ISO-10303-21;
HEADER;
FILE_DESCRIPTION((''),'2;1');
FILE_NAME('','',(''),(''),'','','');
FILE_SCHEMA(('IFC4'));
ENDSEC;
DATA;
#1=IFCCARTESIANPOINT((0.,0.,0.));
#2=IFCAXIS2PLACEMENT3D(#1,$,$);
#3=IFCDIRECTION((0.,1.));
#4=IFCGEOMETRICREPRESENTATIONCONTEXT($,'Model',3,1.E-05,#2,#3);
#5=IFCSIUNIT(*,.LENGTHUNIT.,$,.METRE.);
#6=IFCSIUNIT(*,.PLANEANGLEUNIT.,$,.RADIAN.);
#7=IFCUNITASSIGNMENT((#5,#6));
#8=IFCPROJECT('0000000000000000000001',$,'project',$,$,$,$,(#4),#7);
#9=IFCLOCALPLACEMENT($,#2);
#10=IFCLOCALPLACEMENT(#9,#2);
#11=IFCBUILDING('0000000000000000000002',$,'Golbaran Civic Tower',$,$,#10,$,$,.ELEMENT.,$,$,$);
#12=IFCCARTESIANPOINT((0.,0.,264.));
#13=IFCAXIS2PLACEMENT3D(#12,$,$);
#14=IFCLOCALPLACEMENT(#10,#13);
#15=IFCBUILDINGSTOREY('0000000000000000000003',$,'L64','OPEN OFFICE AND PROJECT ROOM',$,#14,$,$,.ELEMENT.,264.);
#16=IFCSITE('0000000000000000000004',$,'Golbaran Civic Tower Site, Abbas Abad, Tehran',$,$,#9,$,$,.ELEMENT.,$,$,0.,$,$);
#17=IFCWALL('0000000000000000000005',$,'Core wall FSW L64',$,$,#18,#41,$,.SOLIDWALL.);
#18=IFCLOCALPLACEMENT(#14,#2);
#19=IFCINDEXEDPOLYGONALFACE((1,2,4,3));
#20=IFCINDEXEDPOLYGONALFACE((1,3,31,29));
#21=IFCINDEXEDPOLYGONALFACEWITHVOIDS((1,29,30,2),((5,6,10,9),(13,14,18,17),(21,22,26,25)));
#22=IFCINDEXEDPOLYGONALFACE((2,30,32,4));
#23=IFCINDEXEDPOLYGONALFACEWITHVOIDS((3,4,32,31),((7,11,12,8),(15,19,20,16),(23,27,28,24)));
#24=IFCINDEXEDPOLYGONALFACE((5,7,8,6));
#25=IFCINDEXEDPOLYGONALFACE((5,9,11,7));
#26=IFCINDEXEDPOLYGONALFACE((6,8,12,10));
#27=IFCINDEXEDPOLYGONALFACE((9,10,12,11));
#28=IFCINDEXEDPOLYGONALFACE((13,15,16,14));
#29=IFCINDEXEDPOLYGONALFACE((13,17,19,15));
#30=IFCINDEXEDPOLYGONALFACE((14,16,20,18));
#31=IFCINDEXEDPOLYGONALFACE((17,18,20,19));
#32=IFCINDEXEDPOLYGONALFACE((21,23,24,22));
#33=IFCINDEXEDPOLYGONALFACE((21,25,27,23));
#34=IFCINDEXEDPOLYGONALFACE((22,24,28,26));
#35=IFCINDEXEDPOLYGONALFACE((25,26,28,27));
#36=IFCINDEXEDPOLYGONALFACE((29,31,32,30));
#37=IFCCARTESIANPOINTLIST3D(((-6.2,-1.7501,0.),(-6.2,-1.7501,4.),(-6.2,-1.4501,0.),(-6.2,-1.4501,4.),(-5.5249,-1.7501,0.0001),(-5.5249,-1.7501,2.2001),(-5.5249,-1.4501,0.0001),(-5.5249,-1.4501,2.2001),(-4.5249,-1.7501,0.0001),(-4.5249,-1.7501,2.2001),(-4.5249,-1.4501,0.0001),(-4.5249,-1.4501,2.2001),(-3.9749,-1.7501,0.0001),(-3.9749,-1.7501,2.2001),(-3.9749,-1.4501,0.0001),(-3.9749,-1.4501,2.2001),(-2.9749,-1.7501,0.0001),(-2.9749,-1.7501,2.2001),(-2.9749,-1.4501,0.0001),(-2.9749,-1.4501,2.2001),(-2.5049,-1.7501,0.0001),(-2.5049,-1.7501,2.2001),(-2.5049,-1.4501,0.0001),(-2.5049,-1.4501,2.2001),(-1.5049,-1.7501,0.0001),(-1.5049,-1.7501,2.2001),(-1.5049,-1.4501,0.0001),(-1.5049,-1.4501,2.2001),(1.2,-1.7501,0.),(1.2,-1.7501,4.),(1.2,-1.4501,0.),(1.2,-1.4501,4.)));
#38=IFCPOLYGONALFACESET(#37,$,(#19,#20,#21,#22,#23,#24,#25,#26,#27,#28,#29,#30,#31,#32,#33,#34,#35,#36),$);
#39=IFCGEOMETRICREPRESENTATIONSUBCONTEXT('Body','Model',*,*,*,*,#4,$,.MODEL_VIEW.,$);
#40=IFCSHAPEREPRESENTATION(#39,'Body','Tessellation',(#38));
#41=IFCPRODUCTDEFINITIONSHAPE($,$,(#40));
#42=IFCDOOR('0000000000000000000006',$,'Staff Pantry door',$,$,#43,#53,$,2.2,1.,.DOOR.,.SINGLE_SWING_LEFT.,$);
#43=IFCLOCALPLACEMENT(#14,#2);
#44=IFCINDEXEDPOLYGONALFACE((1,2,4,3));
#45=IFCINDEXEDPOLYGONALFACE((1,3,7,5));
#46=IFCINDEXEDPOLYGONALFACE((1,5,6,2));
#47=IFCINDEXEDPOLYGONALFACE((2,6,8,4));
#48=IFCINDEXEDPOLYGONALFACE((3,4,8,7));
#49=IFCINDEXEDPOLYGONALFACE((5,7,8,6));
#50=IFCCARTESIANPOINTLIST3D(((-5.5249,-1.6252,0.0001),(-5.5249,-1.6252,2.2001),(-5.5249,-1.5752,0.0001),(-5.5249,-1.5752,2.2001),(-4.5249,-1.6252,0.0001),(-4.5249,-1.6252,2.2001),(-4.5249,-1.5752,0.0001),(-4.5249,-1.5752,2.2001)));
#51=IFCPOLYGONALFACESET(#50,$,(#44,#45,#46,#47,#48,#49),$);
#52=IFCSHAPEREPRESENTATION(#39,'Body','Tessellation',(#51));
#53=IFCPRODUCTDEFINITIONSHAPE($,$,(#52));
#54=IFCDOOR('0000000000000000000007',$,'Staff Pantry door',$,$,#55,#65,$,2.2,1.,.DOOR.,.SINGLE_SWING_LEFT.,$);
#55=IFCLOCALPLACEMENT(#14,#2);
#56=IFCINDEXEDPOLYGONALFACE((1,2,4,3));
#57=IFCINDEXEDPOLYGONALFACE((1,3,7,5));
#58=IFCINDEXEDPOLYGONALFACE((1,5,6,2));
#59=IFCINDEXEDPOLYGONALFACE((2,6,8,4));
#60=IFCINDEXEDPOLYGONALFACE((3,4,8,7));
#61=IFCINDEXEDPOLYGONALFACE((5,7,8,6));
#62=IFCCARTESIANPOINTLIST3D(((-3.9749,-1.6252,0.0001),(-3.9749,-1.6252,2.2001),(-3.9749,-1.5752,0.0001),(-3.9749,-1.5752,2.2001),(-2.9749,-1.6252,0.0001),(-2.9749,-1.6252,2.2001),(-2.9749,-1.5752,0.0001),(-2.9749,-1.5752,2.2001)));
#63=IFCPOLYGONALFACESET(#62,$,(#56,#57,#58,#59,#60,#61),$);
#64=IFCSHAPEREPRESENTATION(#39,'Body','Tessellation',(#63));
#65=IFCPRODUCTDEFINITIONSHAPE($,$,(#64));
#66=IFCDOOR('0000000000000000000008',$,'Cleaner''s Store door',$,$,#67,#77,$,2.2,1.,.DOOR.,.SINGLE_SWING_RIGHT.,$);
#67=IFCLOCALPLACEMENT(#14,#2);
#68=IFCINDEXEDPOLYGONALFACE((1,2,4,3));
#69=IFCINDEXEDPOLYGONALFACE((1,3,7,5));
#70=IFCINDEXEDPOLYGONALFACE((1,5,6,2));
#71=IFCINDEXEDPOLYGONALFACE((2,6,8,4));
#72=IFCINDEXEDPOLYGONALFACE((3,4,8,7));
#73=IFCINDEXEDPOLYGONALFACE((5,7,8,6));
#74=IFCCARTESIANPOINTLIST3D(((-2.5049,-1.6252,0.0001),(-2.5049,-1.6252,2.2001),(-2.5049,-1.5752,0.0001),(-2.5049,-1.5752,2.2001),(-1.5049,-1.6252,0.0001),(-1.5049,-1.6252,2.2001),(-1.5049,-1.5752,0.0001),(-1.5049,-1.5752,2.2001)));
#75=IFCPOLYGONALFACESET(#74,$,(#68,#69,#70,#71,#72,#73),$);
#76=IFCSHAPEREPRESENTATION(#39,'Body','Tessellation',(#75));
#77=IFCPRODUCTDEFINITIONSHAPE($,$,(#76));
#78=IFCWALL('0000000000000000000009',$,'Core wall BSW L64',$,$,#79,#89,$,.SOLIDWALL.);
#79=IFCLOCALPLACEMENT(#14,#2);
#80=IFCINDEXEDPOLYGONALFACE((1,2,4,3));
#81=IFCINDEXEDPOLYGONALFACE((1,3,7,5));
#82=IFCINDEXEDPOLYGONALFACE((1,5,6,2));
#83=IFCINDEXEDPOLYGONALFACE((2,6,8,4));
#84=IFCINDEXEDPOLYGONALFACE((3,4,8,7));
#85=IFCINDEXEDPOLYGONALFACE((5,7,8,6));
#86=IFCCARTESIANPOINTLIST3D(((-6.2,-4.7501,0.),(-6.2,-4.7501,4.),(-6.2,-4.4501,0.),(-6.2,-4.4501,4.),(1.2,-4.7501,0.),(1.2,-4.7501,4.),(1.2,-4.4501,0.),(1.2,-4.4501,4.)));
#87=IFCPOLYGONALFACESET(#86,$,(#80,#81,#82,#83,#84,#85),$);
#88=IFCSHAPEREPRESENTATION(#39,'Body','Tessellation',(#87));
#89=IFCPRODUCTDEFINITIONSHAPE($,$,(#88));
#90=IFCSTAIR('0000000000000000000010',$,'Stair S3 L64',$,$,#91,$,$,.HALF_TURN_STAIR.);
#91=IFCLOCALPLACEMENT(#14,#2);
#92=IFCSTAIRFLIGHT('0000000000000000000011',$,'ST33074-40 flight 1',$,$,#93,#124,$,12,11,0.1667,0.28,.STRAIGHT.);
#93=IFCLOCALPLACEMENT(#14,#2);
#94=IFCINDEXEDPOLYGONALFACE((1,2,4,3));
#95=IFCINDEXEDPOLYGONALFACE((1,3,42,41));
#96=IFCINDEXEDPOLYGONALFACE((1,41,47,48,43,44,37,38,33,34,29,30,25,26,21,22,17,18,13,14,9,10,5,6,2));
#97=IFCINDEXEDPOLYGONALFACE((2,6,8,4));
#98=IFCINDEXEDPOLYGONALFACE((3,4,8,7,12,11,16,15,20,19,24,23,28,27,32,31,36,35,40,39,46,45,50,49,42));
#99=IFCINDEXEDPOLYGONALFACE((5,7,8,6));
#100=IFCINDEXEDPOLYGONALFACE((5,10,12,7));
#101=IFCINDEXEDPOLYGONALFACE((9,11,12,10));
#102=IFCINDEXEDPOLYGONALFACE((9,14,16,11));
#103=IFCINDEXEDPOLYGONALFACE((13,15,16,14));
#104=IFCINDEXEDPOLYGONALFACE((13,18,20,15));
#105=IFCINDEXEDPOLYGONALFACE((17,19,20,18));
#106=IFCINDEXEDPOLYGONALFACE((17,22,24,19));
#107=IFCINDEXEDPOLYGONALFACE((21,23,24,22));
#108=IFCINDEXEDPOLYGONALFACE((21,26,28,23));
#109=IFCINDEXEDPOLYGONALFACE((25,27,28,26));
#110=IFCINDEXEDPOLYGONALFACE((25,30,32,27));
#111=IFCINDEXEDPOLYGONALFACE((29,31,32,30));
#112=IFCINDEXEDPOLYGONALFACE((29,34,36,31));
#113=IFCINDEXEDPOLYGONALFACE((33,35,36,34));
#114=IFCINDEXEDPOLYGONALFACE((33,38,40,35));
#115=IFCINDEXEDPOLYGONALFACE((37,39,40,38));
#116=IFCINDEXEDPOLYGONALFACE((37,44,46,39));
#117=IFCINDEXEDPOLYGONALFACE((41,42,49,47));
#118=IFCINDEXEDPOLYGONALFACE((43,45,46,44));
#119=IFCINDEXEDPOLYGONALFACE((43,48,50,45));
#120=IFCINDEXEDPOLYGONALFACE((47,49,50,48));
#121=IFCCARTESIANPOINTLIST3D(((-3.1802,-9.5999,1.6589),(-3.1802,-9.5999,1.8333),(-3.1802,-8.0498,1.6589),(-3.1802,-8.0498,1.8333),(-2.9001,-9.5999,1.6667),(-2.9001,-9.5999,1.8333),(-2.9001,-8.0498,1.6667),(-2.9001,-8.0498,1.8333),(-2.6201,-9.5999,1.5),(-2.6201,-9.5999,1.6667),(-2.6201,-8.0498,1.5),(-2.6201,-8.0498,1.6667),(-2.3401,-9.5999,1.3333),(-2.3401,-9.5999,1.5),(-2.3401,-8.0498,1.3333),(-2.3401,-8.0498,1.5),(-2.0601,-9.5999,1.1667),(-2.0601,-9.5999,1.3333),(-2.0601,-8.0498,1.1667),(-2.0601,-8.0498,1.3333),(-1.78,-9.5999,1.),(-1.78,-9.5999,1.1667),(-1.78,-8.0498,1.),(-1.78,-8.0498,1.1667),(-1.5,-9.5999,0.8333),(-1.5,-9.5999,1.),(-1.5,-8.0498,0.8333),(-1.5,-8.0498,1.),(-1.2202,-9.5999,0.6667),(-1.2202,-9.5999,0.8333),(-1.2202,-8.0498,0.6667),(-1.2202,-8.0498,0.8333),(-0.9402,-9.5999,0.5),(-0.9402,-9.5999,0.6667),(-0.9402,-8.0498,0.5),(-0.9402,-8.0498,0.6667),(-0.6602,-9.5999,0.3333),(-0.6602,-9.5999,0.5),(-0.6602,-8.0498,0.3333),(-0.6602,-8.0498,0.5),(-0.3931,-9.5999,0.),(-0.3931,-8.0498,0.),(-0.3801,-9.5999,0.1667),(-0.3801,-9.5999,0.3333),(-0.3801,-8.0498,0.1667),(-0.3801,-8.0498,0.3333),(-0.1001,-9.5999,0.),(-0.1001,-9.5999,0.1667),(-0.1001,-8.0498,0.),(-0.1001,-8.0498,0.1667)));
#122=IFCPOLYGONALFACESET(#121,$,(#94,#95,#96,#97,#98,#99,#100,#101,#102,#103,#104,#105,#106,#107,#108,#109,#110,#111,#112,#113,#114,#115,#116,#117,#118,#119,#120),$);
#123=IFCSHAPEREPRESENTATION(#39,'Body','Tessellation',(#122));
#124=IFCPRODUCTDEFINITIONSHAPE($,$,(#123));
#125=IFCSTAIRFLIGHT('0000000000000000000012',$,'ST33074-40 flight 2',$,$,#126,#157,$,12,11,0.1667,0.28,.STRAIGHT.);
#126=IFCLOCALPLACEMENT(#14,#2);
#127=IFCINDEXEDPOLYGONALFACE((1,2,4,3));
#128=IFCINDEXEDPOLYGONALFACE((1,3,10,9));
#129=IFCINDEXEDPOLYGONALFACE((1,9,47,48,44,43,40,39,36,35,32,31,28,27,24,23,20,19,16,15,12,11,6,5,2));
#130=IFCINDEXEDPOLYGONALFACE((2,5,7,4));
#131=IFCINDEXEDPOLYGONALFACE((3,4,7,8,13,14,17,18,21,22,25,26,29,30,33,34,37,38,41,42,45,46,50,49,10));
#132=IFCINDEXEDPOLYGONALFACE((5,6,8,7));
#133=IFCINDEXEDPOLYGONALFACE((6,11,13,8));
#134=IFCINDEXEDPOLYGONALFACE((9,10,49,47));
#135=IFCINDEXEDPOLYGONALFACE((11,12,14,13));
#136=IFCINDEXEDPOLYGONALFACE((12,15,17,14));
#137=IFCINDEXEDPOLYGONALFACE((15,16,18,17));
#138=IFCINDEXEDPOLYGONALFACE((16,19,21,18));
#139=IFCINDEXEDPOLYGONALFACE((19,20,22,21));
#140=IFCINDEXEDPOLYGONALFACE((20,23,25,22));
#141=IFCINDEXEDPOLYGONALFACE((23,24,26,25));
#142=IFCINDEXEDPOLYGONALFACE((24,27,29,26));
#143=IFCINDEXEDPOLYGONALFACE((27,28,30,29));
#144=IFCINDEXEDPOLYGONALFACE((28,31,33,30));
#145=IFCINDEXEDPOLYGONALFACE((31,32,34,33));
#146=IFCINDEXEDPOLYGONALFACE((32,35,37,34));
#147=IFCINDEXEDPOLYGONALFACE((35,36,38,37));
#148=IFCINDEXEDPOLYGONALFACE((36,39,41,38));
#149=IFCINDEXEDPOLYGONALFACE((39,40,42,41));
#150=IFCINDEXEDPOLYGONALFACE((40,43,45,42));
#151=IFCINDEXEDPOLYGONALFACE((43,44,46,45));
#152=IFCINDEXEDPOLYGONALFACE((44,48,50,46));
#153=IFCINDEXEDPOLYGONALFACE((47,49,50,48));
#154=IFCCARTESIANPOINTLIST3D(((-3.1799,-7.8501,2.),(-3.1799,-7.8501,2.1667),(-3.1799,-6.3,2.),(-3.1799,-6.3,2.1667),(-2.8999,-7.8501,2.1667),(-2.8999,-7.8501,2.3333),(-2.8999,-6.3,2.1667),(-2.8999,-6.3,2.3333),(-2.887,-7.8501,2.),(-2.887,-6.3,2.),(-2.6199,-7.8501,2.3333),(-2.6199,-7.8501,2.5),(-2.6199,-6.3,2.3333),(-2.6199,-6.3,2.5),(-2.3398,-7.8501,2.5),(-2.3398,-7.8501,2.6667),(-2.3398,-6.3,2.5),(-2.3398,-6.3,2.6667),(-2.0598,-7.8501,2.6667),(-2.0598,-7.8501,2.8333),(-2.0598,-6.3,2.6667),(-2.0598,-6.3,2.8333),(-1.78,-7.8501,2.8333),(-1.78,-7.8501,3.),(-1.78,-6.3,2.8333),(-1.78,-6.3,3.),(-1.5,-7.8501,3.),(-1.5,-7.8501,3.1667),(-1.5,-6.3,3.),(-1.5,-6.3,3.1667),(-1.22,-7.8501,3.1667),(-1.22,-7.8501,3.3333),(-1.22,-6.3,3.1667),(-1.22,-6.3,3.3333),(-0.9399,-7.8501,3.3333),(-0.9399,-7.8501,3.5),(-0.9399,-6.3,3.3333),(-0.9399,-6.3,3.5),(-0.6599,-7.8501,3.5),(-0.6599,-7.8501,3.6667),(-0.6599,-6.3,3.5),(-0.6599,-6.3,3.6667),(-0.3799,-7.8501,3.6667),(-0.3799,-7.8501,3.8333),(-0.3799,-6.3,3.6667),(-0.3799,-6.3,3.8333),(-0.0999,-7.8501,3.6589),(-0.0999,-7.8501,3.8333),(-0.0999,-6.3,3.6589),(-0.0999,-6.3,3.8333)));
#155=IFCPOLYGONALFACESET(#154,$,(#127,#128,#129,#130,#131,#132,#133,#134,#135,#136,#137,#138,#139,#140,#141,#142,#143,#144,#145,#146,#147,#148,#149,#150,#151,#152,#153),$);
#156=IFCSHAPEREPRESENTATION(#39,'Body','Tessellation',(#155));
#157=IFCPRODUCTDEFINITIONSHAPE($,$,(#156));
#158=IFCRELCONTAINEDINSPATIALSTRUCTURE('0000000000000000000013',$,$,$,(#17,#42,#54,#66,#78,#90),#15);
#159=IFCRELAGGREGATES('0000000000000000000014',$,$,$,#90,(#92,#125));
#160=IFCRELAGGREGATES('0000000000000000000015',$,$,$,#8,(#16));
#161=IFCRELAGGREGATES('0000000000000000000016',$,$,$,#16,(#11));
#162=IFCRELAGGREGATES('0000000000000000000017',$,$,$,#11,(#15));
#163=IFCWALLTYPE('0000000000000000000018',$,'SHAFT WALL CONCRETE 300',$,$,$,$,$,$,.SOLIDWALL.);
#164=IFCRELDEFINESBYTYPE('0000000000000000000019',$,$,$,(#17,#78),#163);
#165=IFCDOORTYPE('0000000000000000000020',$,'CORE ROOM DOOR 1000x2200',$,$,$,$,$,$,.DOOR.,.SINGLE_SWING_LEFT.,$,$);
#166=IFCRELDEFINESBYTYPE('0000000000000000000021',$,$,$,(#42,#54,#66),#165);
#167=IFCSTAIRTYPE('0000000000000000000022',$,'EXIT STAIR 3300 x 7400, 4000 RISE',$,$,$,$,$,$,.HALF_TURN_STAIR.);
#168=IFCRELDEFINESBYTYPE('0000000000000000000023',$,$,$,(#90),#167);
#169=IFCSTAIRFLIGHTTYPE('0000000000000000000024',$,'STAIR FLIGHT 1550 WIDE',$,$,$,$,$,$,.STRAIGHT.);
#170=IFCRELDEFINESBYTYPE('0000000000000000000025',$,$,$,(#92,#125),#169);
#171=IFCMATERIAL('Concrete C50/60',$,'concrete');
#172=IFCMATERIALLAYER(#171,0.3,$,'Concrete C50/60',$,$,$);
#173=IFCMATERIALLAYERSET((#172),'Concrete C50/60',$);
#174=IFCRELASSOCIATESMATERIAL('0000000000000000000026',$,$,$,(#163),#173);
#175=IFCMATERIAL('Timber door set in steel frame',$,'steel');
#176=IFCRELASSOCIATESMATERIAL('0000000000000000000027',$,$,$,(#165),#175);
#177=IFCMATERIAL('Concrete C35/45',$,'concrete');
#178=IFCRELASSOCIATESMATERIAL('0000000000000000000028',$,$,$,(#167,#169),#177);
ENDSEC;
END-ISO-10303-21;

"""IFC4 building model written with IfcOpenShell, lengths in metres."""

from ifc_helpers import new_model, si_unit, direction, frame, frame_2d, origin, place, context, subcontext, project, spatial, polyline, rectangle, outline, extrude, material, layer, layer_set, type_object, element, fill, aggregate, save


model = new_model("IFC4")

# Units and contexts
model_context = context("Model", 3, precision=1e-05, world=origin(), true_north=direction((0.0, 1.0)))
body_context = subcontext(model_context, "Body", "Model", "MODEL_VIEW")
ifc_project = project(units=[si_unit("LENGTHUNIT", "METRE"), si_unit("PLANEANGLEUNIT", "RADIAN")], contexts=[model_context])

# Site, building, storey
site_placement = place(None, origin())
site = spatial("IfcSite", under=ifc_project, at=site_placement, Name="Golbaran Civic Tower Site, Abbas Abad, Tehran", CompositionType="ELEMENT", RefElevation=0.0)
building_placement = place(site_placement, origin())
building = spatial("IfcBuilding", under=site, at=building_placement, Name="Golbaran Civic Tower", CompositionType="ELEMENT")
storey_placement = place(building_placement, frame((0.0, 0.0, 264.0)))
storey = spatial("IfcBuildingStorey", under=building, at=storey_placement, Name="L64", Description="OPEN OFFICE AND PROJECT ROOM", CompositionType="ELEMENT", Elevation=264.0)

# Shared definitions
ifc_material_1 = material(Name="Concrete C50/60", Category="concrete")
ifc_material_2 = material(Name="Timber door set in steel frame", Category="steel")

# Wall, openings, doors
ifc_layer_1 = layer(ifc_material_1, 0.3, Name="Concrete C50/60")
ifc_layer_set_1 = layer_set([ifc_layer_1], Name="Concrete C50/60")
wall_type_1 = type_object("IfcWallType", Name="SHAFT WALL CONCRETE 300", PredefinedType="SOLIDWALL", material=ifc_layer_set_1)
wall_1_placement = place(storey_placement, frame((-6.2, -1.6001, 0.0), z_axis=(0.0, 0.0, 1.0), x_axis=(1.0, 0.0, 0.0)))
wall_1 = element("IfcWall", 1, at=wall_1_placement, inside=storey, type_object=wall_type_1, Name="Core wall FSW L64", PredefinedType="SOLIDWALL", context=body_context, shape_type="SweptSolid", body=[
    extrude(rectangle(XDim=7.3999, YDim=0.3, at=frame_2d((3.7, 0.0))), origin(), (0.0, 0.0, 1.0), 4.0),
])
opening_1_placement = place(wall_1_placement, frame((0.675, 0.0, 0.0)))
opening_1 = element("IfcOpeningElement", 2, at=opening_1_placement, cuts=wall_1, PredefinedType="OPENING", context=body_context, shape_type="SweptSolid", body=[
    extrude(rectangle(XDim=1.0, YDim=2.2, at=frame_2d((0.5, 1.1001))), frame((0.0, 0.1599, 0.0), z_axis=(0.0, -1.0, 0.0), x_axis=(1.0, 0.0, 0.0)), (0.0, 0.0, 1.0), 0.3201),
])
opening_2_placement = place(wall_1_placement, frame((2.2251, 0.0, 0.0)))
opening_2 = element("IfcOpeningElement", 3, at=opening_2_placement, cuts=wall_1, PredefinedType="OPENING", context=body_context, shape_type="SweptSolid", body=[
    extrude(rectangle(XDim=1.0, YDim=2.2, at=frame_2d((0.5, 1.1001))), frame((0.0, 0.1599, 0.0), z_axis=(0.0, -1.0, 0.0), x_axis=(1.0, 0.0, 0.0)), (0.0, 0.0, 1.0), 0.3201),
])
opening_3_placement = place(wall_1_placement, frame((3.6951, 0.0, 0.0)))
opening_3 = element("IfcOpeningElement", 4, at=opening_3_placement, cuts=wall_1, PredefinedType="OPENING", context=body_context, shape_type="SweptSolid", body=[
    extrude(rectangle(XDim=1.0, YDim=2.2, at=frame_2d((0.5, 1.1001))), frame((0.0, 0.1599, 0.0), z_axis=(0.0, -1.0, 0.0), x_axis=(1.0, 0.0, 0.0)), (0.0, 0.0, 1.0), 0.3201),
])
door_type_1 = type_object("IfcDoorType", Name="CORE ROOM DOOR 1000x2200", OperationType="SINGLE_SWING_LEFT", PredefinedType="DOOR", material=ifc_material_2)
door_1_placement = place(opening_1_placement, origin())
door_1 = element("IfcDoor", 5, at=door_1_placement, inside=storey, type_object=door_type_1, Name="Staff Pantry door", OperationType="SINGLE_SWING_LEFT", OverallHeight=2.2, OverallWidth=1.0, PredefinedType="DOOR", context=body_context, shape_type="SweptSolid", body=[
    extrude(rectangle(XDim=1.0, YDim=2.2, at=frame_2d((0.5, 1.1001))), frame((0.0, 0.0249, 0.0), z_axis=(0.0, -1.0, 0.0), x_axis=(1.0, 0.0, 0.0)), (0.0, 0.0, 1.0), 0.05),
])
fill(opening_1, door_1)
door_2_placement = place(opening_2_placement, origin())
door_2 = element("IfcDoor", 6, at=door_2_placement, inside=storey, type_object=door_type_1, Name="Staff Pantry door", OperationType="SINGLE_SWING_LEFT", OverallHeight=2.2, OverallWidth=1.0, PredefinedType="DOOR", context=body_context, shape_type="SweptSolid", body=[
    extrude(rectangle(XDim=1.0, YDim=2.2, at=frame_2d((0.5, 1.1001))), frame((0.0, 0.0249, 0.0), z_axis=(0.0, -1.0, 0.0), x_axis=(1.0, 0.0, 0.0)), (0.0, 0.0, 1.0), 0.05),
])
fill(opening_2, door_2)
door_3_placement = place(opening_3_placement, origin())
door_3 = element("IfcDoor", 7, at=door_3_placement, inside=storey, type_object=door_type_1, Name="Cleaner's Store door", OperationType="SINGLE_SWING_RIGHT", OverallHeight=2.2, OverallWidth=1.0, PredefinedType="DOOR", context=body_context, shape_type="SweptSolid", body=[
    extrude(rectangle(XDim=1.0, YDim=2.2, at=frame_2d((0.5, 1.1001))), frame((0.0, 0.0249, 0.0), z_axis=(0.0, -1.0, 0.0), x_axis=(1.0, 0.0, 0.0)), (0.0, 0.0, 1.0), 0.05),
])
fill(opening_3, door_3)

# Wall
wall_2_placement = place(storey_placement, frame((-6.2, -4.6001, 0.0), z_axis=(0.0, 0.0, 1.0), x_axis=(1.0, 0.0, 0.0)))
element("IfcWall", 8, at=wall_2_placement, inside=storey, type_object=wall_type_1, Name="Core wall BSW L64", PredefinedType="SOLIDWALL", context=body_context, shape_type="SweptSolid", body=[
    extrude(rectangle(XDim=7.3999, YDim=0.3, at=frame_2d((3.7, 0.0))), origin(), (0.0, 0.0, 1.0), 4.0),
])

# Stair, stair flights
ifc_material_3 = material(Name="Concrete C35/45", Category="concrete")
stair_type = type_object("IfcStairType", Name="EXIT STAIR 3300 x 7400, 4000 RISE", PredefinedType="HALF_TURN_STAIR", material=ifc_material_3)
stair_placement = place(storey_placement, origin())
stair = element("IfcStair", 9, at=stair_placement, inside=storey, type_object=stair_type, Name="Stair S3 L64", PredefinedType="HALF_TURN_STAIR")
stair_flight_type = type_object("IfcStairFlightType", Name="STAIR FLIGHT 1550 WIDE", PredefinedType="STRAIGHT", material=ifc_material_3)
stair_flight_1_placement = place(storey_placement, frame((-0.1001, -8.825, 0.0), z_axis=(0.0, 0.0, 1.0), x_axis=(-1.0, 0.0, 0.0)))
stair_flight_1 = element("IfcStairFlight", 10, at=stair_flight_1_placement, type_object=stair_flight_type, Name="ST33074-40 flight 1", NumberOfRisers=12, NumberOfTreads=11, PredefinedType="STRAIGHT", RiserHeight=0.1667, TreadLength=0.28, context=body_context, shape_type="SweptSolid", body=[
    extrude(outline(polyline([(0.0, 0.0), (0.0, 0.1667), (0.28, 0.1667), (0.28, 0.3333), (0.5601, 0.3333), (0.5601, 0.5), (0.8401, 0.5), (0.8401, 0.6667), (1.1201, 0.6667), (1.1201, 0.8333), (1.3999, 0.8333), (1.3999, 1.0), (1.6799, 1.0), (1.6799, 1.1667), (1.96, 1.1667), (1.96, 1.3333), (2.24, 1.3333), (2.24, 1.5), (2.52, 1.5), (2.52, 1.6667), (2.8, 1.6667), (2.8, 1.8333), (3.0801, 1.8333), (3.0801, 2.0), (3.0801, 1.6589), (0.293, 0.0), (0.0, 0.0)])), frame((0.0, 0.7749, 0.0), z_axis=(0.0, -1.0, 0.0), x_axis=(1.0, 0.0, 0.0)), (0.0, 0.0, 1.0), 1.55),
])
stair_flight_2_placement = place(storey_placement, frame((-3.1799, -7.075, 2.0), z_axis=(0.0, 0.0, 1.0), x_axis=(1.0, 0.0, 0.0)))
stair_flight_2 = element("IfcStairFlight", 11, at=stair_flight_2_placement, type_object=stair_flight_type, Name="ST33074-40 flight 2", NumberOfRisers=12, NumberOfTreads=11, PredefinedType="STRAIGHT", RiserHeight=0.1667, TreadLength=0.28, context=body_context, shape_type="SweptSolid", body=[
    extrude(outline(polyline([(0.0, 0.0), (0.0, 0.1667), (0.28, 0.1667), (0.28, 0.3333), (0.5601, 0.3333), (0.5601, 0.5), (0.8401, 0.5), (0.8401, 0.6667), (1.1201, 0.6667), (1.1201, 0.8333), (1.3999, 0.8333), (1.3999, 1.0), (1.6799, 1.0), (1.6799, 1.1667), (1.96, 1.1667), (1.96, 1.3333), (2.24, 1.3333), (2.24, 1.5), (2.52, 1.5), (2.52, 1.6667), (2.8, 1.6667), (2.8, 1.8333), (3.0801, 1.8333), (3.0801, 2.0), (3.0801, 1.6589), (0.293, 0.0), (0.0, 0.0)])), frame((0.0, 0.7749, 0.0), z_axis=(0.0, -1.0, 0.0), x_axis=(1.0, 0.0, 0.0)), (0.0, 0.0, 1.0), 1.55),
])
aggregate(stair, [stair_flight_1, stair_flight_2])

save(model, "model.ifc")
